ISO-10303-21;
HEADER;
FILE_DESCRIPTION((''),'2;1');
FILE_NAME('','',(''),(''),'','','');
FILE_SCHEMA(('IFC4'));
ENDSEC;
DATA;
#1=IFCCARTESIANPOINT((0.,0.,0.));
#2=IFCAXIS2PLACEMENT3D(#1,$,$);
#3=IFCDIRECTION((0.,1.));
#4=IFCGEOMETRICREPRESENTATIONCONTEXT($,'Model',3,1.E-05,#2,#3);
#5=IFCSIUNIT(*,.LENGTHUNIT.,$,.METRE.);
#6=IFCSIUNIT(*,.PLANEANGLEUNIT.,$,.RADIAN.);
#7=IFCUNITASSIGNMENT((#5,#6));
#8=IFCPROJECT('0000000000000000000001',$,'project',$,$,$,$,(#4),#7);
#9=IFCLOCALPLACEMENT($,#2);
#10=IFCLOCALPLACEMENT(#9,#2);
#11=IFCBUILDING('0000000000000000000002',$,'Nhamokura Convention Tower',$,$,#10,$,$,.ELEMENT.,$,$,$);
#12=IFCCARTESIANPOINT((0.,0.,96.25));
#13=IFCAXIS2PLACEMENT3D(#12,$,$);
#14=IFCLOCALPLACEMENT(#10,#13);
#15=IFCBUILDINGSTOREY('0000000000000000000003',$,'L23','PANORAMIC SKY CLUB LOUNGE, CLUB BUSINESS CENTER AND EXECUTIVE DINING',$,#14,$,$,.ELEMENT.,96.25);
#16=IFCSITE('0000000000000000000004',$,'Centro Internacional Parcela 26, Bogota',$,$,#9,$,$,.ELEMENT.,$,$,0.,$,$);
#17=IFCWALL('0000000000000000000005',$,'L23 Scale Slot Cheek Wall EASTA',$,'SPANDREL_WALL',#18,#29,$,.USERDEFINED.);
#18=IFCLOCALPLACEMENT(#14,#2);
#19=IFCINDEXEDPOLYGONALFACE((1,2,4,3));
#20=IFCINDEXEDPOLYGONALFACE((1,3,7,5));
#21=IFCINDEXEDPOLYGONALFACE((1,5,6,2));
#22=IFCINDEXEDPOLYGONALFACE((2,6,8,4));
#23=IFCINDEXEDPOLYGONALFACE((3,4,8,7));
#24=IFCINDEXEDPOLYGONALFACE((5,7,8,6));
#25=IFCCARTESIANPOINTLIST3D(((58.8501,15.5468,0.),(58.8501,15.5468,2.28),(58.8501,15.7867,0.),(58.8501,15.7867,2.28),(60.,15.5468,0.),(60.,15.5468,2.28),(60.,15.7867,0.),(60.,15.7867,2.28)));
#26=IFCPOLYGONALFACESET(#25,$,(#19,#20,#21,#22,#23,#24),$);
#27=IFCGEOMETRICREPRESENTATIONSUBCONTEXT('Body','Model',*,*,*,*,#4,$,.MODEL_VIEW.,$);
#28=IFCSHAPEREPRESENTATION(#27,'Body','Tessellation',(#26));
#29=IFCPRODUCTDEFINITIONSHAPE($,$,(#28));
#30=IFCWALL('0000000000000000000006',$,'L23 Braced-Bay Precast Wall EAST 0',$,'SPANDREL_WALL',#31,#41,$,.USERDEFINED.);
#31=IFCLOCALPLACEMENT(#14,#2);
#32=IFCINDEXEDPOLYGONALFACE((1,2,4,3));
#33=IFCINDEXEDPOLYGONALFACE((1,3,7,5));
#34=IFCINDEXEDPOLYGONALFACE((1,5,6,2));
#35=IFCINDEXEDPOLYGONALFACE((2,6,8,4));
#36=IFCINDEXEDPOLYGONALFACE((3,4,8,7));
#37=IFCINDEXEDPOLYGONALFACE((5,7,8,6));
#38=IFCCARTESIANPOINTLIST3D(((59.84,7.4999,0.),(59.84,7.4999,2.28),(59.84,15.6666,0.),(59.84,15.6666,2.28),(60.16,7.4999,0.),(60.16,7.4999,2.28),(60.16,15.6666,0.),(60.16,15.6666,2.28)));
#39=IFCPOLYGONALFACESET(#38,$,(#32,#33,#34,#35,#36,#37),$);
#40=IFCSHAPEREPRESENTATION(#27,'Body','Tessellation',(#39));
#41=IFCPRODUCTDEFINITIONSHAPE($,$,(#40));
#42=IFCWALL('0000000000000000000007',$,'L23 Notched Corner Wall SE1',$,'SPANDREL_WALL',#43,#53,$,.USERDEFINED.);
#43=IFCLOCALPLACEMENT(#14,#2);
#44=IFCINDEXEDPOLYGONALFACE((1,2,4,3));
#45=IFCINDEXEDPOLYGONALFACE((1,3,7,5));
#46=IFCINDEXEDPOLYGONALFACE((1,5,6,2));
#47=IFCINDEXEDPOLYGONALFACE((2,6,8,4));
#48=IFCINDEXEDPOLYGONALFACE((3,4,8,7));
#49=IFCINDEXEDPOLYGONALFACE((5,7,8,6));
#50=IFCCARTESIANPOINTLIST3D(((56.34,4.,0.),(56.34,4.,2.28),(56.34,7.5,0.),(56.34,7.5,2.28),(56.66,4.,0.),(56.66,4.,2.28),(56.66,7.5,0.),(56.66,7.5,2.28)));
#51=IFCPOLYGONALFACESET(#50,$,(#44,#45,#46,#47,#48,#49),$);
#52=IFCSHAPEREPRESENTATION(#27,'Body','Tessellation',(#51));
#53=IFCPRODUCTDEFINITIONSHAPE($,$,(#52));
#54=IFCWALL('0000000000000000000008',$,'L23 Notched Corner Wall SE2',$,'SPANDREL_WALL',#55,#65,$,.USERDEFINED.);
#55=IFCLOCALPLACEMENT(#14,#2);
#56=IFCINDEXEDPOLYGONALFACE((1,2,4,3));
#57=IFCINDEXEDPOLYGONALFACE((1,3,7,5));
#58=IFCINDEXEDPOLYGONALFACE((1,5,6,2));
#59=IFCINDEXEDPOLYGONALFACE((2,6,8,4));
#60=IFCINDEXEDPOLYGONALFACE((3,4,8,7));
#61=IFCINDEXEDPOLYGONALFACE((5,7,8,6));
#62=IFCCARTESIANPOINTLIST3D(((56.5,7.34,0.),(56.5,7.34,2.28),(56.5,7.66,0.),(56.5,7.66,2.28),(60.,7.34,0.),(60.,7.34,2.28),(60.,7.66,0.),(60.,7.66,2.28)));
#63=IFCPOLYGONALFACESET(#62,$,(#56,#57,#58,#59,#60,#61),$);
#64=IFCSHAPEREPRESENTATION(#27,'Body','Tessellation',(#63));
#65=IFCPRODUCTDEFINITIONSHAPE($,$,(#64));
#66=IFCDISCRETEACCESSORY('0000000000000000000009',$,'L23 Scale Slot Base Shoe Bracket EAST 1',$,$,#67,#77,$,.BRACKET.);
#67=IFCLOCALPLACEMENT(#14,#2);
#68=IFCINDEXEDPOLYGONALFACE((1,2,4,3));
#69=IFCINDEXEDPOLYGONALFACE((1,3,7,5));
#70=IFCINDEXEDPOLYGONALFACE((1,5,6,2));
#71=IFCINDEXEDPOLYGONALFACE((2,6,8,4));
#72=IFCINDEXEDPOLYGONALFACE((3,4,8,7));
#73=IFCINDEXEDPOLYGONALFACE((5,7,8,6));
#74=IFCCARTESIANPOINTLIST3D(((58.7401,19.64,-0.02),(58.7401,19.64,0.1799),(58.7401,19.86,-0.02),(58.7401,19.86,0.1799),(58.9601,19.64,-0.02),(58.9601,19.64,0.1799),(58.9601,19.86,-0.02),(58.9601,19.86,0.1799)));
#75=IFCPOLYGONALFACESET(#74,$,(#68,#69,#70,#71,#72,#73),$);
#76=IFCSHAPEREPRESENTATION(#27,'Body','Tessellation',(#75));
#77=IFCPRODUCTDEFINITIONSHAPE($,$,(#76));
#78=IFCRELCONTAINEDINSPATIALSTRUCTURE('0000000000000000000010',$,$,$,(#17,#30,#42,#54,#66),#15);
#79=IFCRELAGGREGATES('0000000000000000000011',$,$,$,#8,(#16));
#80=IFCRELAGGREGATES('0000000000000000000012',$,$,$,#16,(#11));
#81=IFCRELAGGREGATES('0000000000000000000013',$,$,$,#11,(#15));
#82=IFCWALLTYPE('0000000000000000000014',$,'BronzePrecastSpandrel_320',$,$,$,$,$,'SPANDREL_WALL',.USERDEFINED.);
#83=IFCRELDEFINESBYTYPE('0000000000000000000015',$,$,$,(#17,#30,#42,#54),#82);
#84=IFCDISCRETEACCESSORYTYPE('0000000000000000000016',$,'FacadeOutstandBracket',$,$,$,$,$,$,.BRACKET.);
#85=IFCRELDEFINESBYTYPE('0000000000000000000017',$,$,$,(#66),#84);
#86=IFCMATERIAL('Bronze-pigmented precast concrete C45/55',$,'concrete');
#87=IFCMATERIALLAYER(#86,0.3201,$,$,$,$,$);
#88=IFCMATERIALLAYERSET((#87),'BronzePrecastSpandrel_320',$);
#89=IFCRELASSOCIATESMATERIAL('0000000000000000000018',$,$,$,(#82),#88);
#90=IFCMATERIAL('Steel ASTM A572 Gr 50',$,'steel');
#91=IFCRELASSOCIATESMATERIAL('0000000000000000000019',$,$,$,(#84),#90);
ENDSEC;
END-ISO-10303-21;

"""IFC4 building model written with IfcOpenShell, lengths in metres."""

from ifc_helpers import new_model, si_unit, direction, frame, frame_2d, origin, origin_2d, place, context, subcontext, project, spatial, rectangle, extrude, material, layer, layer_set, type_object, element, save


model = new_model("IFC4")

# Units and contexts
model_context = context("Model", 3, precision=1e-05, world=origin(), true_north=direction((0.0, 1.0)))
body_context = subcontext(model_context, "Body", "Model", "MODEL_VIEW")
ifc_project = project(units=[si_unit("LENGTHUNIT", "METRE"), si_unit("PLANEANGLEUNIT", "RADIAN")], contexts=[model_context])

# Site, building, storey
site_placement = place(None, origin())
site = spatial("IfcSite", under=ifc_project, at=site_placement, Name="Centro Internacional Parcela 26, Bogota", CompositionType="ELEMENT", RefElevation=0.0)
building_placement = place(site_placement, origin())
building = spatial("IfcBuilding", under=site, at=building_placement, Name="Nhamokura Convention Tower", CompositionType="ELEMENT")
storey_placement = place(building_placement, frame((0.0, 0.0, 96.25)))
storey = spatial("IfcBuildingStorey", under=building, at=storey_placement, Name="L23", Description="PANORAMIC SKY CLUB LOUNGE, CLUB BUSINESS CENTER AND EXECUTIVE DINING", CompositionType="ELEMENT", Elevation=96.25)

# Walls
ifc_material_1 = material(Name="Bronze-pigmented precast concrete C45/55", Category="concrete")
ifc_layer_1 = layer(ifc_material_1, 0.3201)
ifc_layer_set_1 = layer_set([ifc_layer_1], Name="BronzePrecastSpandrel_320")
wall_type = type_object("IfcWallType", Name="BronzePrecastSpandrel_320", ElementType="SPANDREL_WALL", PredefinedType="USERDEFINED", material=ifc_layer_set_1)
wall_1_placement = place(storey_placement, frame((60.0, 15.6667, 0.0), z_axis=(0.0, 0.0, 1.0), x_axis=(-1.0, 0.0, 0.0)))
element("IfcWall", 1, at=wall_1_placement, inside=storey, type_object=wall_type, Name="L23 Scale Slot Cheek Wall EASTA", ObjectType="SPANDREL_WALL", PredefinedType="USERDEFINED", context=body_context, shape_type="SweptSolid", body=[
    extrude(rectangle(XDim=1.1499, YDim=0.24, at=frame_2d((0.575, 0.0))), origin(), (0.0, 0.0, 1.0), 2.28),
])
wall_2_placement = place(storey_placement, frame((60.0, 15.6667, 0.0), z_axis=(0.0, 0.0, 1.0), x_axis=(0.0, -1.0, 0.0)))
element("IfcWall", 2, at=wall_2_placement, inside=storey, type_object=wall_type, Name="L23 Braced-Bay Precast Wall EAST 0", ObjectType="SPANDREL_WALL", PredefinedType="USERDEFINED", context=body_context, shape_type="SweptSolid", body=[
    extrude(rectangle(XDim=8.1667, YDim=0.3201, at=frame_2d((4.0835, 0.0))), origin(), (0.0, 0.0, 1.0), 2.28),
])
for number, where, z_axis, x_axis, name in (
    (3, (56.5, 7.5, 0.0), (0.0, 0.0, 1.0), (0.0, -1.0, 0.0), "L23 Notched Corner Wall SE1"),
    (4, (60.0, 7.5, 0.0), (0.0, 0.0, 1.0), (-1.0, 0.0, 0.0), "L23 Notched Corner Wall SE2"),
):
    element("IfcWall", number, at=place(storey_placement, frame(where, z_axis=z_axis, x_axis=x_axis)), inside=storey, type_object=wall_type, Name=name, ObjectType="SPANDREL_WALL", PredefinedType="USERDEFINED", context=body_context, shape_type="SweptSolid", body=[
        extrude(rectangle(XDim=3.5, YDim=0.3201, at=frame_2d((1.75, 0.0))), origin(), (0.0, 0.0, 1.0), 2.28),
    ])

# Discrete accessory
ifc_material_2 = material(Name="Steel ASTM A572 Gr 50", Category="steel")
discrete_accessory_type = type_object("IfcDiscreteAccessoryType", Name="FacadeOutstandBracket", PredefinedType="BRACKET", material=ifc_material_2)
discrete_accessory_placement = place(storey_placement, frame((58.8501, 19.75, -0.02), z_axis=(0.0, 0.0, 1.0), x_axis=(1.0, 0.0, 0.0)))
element("IfcDiscreteAccessory", 5, at=discrete_accessory_placement, inside=storey, type_object=discrete_accessory_type, Name="L23 Scale Slot Base Shoe Bracket EAST 1", PredefinedType="BRACKET", context=body_context, shape_type="SweptSolid", body=[
    extrude(rectangle(XDim=0.22, YDim=0.22, at=origin_2d()), origin(), (0.0, 0.0, 1.0), 0.2),
])

save(model, "model.ifc")
